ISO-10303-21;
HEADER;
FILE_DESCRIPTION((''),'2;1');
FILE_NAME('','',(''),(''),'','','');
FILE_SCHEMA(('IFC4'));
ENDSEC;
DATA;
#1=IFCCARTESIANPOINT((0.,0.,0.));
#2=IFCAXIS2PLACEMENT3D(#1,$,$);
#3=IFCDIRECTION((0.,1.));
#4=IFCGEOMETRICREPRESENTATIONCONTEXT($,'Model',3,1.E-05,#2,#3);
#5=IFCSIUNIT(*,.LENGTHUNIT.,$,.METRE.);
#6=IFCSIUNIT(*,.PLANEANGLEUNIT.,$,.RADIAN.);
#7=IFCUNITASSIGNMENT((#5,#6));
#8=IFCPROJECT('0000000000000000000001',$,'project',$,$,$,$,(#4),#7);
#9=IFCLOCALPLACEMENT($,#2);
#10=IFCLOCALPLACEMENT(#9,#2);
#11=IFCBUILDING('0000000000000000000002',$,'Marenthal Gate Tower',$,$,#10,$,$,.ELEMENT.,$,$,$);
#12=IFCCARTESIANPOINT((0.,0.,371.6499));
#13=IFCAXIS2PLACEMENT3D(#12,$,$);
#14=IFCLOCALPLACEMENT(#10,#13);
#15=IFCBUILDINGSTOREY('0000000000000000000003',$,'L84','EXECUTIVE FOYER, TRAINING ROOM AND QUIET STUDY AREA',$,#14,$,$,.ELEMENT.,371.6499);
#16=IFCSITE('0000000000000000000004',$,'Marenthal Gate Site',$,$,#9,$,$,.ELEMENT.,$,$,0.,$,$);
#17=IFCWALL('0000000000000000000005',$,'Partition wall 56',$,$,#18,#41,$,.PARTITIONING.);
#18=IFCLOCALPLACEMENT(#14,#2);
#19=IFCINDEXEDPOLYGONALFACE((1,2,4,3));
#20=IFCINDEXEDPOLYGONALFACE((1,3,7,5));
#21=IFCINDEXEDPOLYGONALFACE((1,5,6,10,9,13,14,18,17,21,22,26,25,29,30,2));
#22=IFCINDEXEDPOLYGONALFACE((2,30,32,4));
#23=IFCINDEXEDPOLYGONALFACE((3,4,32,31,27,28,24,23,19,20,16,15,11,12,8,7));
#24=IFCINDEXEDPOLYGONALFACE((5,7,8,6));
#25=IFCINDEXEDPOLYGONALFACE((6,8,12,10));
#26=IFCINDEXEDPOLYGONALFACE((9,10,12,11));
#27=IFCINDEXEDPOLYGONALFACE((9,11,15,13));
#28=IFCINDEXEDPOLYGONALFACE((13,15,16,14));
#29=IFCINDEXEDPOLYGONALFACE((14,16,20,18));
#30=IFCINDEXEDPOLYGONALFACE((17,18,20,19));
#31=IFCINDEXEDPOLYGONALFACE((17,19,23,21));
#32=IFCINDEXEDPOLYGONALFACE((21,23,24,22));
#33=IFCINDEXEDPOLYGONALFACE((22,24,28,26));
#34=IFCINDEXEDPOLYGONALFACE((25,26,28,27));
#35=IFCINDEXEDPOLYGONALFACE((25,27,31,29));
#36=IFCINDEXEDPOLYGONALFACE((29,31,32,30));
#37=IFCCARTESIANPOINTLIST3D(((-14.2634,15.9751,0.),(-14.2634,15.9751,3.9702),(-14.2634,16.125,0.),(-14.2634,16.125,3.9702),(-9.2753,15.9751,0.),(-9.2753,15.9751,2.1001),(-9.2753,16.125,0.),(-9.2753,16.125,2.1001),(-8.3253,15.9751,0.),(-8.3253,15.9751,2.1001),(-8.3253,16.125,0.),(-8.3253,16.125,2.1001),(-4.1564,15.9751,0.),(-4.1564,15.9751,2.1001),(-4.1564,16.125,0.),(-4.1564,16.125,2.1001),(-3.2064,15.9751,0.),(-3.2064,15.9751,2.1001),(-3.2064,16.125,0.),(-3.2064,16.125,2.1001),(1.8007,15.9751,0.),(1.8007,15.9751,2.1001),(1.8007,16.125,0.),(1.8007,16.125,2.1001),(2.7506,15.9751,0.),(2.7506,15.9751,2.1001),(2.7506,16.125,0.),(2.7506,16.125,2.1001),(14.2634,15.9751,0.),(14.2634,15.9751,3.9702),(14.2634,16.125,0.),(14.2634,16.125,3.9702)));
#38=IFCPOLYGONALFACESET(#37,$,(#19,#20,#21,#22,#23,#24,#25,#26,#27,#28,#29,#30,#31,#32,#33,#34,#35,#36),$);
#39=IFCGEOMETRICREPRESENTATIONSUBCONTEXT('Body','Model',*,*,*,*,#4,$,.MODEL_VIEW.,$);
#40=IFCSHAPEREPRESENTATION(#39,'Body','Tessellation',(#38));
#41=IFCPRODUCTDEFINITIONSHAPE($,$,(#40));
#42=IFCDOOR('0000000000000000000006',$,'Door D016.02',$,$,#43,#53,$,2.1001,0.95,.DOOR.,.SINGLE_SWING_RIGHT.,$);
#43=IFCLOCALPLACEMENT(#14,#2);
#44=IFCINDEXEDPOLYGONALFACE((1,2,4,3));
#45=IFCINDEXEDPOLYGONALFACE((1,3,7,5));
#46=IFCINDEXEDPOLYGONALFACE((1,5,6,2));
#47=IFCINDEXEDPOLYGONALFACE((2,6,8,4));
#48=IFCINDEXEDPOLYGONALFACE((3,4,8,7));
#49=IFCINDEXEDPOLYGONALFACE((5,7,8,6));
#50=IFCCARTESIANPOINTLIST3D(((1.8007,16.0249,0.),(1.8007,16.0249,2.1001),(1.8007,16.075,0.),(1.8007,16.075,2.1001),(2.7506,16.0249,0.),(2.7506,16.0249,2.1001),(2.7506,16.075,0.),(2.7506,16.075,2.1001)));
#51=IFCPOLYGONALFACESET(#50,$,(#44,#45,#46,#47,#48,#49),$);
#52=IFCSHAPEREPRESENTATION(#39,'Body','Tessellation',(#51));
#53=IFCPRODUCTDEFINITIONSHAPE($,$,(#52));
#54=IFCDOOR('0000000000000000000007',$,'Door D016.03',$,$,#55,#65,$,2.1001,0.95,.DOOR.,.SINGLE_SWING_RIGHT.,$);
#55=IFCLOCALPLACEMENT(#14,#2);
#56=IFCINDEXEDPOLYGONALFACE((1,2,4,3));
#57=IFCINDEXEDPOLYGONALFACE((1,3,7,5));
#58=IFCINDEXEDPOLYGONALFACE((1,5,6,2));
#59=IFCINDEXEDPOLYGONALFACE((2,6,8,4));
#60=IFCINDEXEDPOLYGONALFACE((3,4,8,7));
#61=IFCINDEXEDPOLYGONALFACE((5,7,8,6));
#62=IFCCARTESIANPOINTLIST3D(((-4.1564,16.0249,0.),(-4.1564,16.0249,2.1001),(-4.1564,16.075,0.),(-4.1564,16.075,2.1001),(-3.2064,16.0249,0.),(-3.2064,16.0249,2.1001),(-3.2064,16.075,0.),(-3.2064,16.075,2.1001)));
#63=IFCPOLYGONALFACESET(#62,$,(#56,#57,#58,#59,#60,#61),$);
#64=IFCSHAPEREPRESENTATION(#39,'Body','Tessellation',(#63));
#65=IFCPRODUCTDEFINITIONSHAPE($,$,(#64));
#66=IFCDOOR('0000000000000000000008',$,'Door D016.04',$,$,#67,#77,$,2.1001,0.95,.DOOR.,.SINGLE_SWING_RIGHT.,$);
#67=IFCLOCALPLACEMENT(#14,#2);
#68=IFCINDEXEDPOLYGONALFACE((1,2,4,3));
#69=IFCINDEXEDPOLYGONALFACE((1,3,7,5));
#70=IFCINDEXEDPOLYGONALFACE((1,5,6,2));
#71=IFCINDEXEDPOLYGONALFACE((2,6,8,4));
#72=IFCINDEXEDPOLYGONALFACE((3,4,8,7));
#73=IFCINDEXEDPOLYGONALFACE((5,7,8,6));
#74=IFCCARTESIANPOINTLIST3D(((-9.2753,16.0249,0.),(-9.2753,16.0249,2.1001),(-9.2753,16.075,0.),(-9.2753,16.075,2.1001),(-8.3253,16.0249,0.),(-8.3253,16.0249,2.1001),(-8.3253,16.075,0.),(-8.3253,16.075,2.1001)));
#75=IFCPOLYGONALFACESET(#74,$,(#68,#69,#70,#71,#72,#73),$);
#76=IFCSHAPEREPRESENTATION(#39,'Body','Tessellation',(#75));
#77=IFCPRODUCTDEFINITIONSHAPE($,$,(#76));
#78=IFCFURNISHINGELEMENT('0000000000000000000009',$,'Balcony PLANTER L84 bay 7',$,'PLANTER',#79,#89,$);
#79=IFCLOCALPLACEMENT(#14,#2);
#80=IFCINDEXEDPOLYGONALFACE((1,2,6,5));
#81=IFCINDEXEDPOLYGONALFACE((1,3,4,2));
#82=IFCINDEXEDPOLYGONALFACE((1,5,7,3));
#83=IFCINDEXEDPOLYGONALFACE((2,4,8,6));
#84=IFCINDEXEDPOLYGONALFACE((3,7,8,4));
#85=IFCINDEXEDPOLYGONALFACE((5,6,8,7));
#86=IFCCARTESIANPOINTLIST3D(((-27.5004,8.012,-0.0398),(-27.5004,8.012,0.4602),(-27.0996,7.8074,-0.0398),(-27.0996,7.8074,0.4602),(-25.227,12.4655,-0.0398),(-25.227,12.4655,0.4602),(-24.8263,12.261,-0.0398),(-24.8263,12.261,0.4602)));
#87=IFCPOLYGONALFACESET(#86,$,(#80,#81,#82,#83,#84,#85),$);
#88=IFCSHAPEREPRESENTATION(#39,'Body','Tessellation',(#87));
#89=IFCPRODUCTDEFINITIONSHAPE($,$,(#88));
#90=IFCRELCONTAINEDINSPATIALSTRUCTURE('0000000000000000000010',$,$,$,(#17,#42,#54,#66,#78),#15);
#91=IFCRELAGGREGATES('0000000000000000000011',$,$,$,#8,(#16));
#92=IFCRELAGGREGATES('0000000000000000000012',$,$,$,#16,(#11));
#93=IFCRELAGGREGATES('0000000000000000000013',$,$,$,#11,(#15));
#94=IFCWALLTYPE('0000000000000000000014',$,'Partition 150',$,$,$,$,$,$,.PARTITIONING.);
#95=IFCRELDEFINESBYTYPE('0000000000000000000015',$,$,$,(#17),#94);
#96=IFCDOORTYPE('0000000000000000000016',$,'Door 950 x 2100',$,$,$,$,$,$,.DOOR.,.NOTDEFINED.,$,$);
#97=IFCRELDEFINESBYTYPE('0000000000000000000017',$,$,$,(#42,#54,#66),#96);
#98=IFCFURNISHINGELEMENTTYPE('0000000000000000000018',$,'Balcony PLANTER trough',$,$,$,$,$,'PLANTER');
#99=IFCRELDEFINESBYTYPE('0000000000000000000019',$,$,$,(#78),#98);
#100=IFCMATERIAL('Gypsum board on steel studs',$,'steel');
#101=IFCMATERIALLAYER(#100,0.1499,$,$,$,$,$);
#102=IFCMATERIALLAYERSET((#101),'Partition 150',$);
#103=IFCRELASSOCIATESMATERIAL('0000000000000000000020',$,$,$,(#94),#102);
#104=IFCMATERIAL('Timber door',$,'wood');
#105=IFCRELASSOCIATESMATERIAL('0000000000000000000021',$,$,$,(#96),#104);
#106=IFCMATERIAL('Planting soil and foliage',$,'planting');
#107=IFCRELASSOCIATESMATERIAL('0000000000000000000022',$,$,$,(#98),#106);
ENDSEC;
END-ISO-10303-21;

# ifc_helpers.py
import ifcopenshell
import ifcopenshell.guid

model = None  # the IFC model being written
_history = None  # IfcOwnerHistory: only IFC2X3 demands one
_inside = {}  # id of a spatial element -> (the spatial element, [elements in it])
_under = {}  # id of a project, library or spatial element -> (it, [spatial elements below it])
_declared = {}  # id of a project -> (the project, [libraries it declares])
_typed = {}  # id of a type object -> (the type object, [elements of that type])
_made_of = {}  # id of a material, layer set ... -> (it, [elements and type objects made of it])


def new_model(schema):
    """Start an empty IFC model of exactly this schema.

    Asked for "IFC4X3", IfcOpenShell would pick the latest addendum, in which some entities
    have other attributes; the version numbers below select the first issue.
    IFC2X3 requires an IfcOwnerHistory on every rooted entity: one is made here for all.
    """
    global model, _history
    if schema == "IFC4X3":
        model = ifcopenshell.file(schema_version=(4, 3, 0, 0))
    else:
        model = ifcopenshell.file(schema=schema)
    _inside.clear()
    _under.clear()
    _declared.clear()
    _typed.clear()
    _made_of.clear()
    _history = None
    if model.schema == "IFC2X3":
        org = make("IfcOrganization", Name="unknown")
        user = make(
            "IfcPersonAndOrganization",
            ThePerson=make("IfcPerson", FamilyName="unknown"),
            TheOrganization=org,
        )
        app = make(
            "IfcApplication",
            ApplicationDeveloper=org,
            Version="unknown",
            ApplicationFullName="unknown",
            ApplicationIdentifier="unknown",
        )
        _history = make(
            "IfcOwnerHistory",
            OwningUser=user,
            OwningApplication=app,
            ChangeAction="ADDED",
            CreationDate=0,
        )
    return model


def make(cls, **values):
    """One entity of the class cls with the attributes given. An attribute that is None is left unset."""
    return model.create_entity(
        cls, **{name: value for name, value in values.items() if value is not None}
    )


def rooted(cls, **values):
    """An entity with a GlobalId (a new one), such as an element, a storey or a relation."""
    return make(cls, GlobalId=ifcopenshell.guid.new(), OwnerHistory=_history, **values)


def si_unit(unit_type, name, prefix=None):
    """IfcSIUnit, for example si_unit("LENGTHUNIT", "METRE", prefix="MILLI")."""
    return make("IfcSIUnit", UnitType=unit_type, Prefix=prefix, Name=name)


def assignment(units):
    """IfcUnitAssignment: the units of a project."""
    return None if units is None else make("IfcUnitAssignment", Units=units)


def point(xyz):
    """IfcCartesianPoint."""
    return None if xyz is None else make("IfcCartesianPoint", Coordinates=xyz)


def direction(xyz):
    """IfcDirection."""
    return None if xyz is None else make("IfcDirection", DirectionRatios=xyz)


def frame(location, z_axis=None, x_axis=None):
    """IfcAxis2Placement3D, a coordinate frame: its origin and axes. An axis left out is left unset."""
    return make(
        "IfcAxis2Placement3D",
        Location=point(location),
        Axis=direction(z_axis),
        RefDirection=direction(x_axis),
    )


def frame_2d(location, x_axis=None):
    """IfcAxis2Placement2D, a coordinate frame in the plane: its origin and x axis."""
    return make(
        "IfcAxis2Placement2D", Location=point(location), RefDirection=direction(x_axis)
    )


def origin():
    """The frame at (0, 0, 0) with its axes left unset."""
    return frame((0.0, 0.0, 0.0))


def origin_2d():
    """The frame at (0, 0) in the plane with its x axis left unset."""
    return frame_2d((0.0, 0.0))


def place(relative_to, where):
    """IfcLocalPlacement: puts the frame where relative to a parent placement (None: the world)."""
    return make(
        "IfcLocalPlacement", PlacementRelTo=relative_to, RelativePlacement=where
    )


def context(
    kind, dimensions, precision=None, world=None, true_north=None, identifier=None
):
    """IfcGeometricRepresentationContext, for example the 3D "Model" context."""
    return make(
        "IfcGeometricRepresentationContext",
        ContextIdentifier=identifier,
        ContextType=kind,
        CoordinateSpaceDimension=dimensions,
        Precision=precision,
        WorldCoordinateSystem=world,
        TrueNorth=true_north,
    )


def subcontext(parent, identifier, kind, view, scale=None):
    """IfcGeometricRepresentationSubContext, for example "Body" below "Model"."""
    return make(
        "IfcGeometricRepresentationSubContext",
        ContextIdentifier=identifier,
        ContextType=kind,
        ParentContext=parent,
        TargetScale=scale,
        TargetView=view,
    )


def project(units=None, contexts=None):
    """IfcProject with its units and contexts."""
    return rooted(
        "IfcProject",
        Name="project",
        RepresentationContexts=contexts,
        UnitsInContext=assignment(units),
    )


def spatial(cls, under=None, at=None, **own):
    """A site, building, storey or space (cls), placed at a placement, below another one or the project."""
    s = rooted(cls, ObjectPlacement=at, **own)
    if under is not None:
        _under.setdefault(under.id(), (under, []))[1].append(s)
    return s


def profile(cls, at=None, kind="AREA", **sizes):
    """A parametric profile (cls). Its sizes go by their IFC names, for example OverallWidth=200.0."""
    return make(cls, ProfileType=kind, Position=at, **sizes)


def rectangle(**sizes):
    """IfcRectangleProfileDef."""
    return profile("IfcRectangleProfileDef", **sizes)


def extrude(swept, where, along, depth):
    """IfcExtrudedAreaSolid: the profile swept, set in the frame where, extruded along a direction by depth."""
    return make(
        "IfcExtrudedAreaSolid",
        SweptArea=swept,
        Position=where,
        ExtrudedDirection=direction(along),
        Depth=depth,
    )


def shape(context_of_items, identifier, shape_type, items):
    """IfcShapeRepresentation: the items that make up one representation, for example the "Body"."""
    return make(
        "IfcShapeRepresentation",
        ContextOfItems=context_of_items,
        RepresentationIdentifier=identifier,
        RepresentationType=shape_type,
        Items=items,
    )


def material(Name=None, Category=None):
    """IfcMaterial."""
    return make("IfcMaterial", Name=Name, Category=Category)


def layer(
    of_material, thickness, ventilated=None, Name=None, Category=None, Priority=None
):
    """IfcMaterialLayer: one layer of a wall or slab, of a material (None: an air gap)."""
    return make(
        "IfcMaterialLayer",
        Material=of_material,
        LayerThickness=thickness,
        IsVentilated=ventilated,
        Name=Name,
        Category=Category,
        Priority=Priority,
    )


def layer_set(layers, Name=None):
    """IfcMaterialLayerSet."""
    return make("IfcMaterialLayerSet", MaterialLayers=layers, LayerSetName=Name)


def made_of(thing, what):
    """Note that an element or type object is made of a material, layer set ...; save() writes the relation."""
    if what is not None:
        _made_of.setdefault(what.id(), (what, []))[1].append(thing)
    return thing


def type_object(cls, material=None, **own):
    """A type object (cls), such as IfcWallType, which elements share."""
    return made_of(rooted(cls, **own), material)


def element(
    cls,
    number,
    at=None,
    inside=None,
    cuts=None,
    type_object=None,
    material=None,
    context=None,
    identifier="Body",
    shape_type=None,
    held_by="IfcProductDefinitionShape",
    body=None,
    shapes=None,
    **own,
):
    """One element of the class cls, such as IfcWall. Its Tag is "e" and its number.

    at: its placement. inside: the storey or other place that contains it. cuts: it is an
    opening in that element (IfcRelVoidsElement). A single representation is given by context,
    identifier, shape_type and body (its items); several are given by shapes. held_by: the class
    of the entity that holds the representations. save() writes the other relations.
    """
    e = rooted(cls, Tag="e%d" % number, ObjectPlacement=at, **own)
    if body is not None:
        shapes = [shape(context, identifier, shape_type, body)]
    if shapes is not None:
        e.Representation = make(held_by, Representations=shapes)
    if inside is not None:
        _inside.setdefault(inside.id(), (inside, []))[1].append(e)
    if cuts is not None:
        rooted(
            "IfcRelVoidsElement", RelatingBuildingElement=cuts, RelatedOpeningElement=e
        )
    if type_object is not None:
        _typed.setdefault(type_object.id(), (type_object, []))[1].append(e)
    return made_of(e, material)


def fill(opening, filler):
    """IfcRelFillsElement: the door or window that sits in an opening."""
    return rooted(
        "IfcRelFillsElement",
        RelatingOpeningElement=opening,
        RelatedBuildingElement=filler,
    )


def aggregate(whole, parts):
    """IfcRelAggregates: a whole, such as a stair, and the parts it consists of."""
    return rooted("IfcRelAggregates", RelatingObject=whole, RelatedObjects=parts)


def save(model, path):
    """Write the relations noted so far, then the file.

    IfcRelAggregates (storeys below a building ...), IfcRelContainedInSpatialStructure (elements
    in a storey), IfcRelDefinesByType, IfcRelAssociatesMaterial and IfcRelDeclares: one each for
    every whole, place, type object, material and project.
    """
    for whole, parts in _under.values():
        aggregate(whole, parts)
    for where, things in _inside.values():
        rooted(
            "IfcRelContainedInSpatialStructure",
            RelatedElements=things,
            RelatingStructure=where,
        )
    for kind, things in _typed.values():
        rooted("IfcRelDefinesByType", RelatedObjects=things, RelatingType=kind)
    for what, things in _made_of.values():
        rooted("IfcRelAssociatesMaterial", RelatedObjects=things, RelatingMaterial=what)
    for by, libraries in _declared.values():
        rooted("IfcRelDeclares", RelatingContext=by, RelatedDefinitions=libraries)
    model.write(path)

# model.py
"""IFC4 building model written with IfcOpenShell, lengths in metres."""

from ifc_helpers import new_model, si_unit, direction, frame, frame_2d, origin, origin_2d, place, context, subcontext, project, spatial, rectangle, extrude, material, layer, layer_set, type_object, element, fill, save


model = new_model("IFC4")

# Units and contexts
model_context = context("Model", 3, precision=1e-05, world=origin(), true_north=direction((0.0, 1.0)))
body_context = subcontext(model_context, "Body", "Model", "MODEL_VIEW")
ifc_project = project(units=[si_unit("LENGTHUNIT", "METRE"), si_unit("PLANEANGLEUNIT", "RADIAN")], contexts=[model_context])

# Site, building, storey
site_placement = place(None, origin())
site = spatial("IfcSite", under=ifc_project, at=site_placement, Name="Marenthal Gate Site", CompositionType="ELEMENT", RefElevation=0.0)
building_placement = place(site_placement, origin())
building = spatial("IfcBuilding", under=site, at=building_placement, Name="Marenthal Gate Tower", CompositionType="ELEMENT")
storey_placement = place(building_placement, frame((0.0, 0.0, 371.6499)))
storey = spatial("IfcBuildingStorey", under=building, at=storey_placement, Name="L84", Description="EXECUTIVE FOYER, TRAINING ROOM AND QUIET STUDY AREA", CompositionType="ELEMENT", Elevation=371.6499)

# Shared definitions
ifc_material_1 = material(Name="Gypsum board on steel studs", Category="steel")
ifc_layer_1 = layer(ifc_material_1, 0.1499)
ifc_layer_set_1 = layer_set([ifc_layer_1], Name="Partition 150")
wall_type_1 = type_object("IfcWallType", Name="Partition 150", PredefinedType="PARTITIONING", material=ifc_layer_set_1)

# Wall, openings, doors
wall_1_placement = place(storey_placement, frame((-14.2634, 16.05, 0.0), z_axis=(0.0, 0.0, 1.0), x_axis=(1.0, 0.0, 0.0)))
wall_1 = element("IfcWall", 1, at=wall_1_placement, inside=storey, type_object=wall_type_1, Name="Partition wall 56", PredefinedType="PARTITIONING", context=body_context, shape_type="SweptSolid", body=[
    extrude(rectangle(XDim=28.5269, YDim=0.1499, at=frame_2d((14.2634, 0.0))), origin(), (0.0, 0.0, 1.0), 3.9702),
])
opening_1_placement = place(wall_1_placement, frame((16.064, 0.0, 0.0)))
opening_1 = element("IfcOpeningElement", 2, at=opening_1_placement, cuts=wall_1, PredefinedType="OPENING", context=body_context, shape_type="SweptSolid", body=[
    extrude(rectangle(XDim=0.95, YDim=2.1001, at=frame_2d((0.4751, 1.05))), frame((0.0, 0.085, 0.0), z_axis=(0.0, -1.0, 0.0), x_axis=(1.0, 0.0, 0.0)), (0.0, 0.0, 1.0), 0.1699),
])
opening_2_placement = place(wall_1_placement, frame((10.1069, 0.0, 0.0)))
opening_2 = element("IfcOpeningElement", 3, at=opening_2_placement, cuts=wall_1, PredefinedType="OPENING", context=body_context, shape_type="SweptSolid", body=[
    extrude(rectangle(XDim=0.95, YDim=2.1001, at=frame_2d((0.4751, 1.05))), frame((0.0, 0.085, 0.0), z_axis=(0.0, -1.0, 0.0), x_axis=(1.0, 0.0, 0.0)), (0.0, 0.0, 1.0), 0.1699),
])
opening_3_placement = place(wall_1_placement, frame((4.988, 0.0, 0.0)))
opening_3 = element("IfcOpeningElement", 4, at=opening_3_placement, cuts=wall_1, PredefinedType="OPENING", context=body_context, shape_type="SweptSolid", body=[
    extrude(rectangle(XDim=0.95, YDim=2.1001, at=frame_2d((0.4751, 1.05))), frame((0.0, 0.085, 0.0), z_axis=(0.0, -1.0, 0.0), x_axis=(1.0, 0.0, 0.0)), (0.0, 0.0, 1.0), 0.1699),
])
ifc_material_2 = material(Name="Timber door", Category="wood")
door_type_1 = type_object("IfcDoorType", Name="Door 950 x 2100", OperationType="NOTDEFINED", PredefinedType="DOOR", material=ifc_material_2)
door_1_placement = place(opening_1_placement, origin())
door_1 = element("IfcDoor", 5, at=door_1_placement, inside=storey, type_object=door_type_1, Name="Door D016.02", OperationType="SINGLE_SWING_RIGHT", OverallHeight=2.1001, OverallWidth=0.95, PredefinedType="DOOR", context=body_context, shape_type="SweptSolid", body=[
    extrude(rectangle(XDim=0.95, YDim=2.1001, at=frame_2d((0.4751, 1.05))), frame((0.0, 0.0249, 0.0), z_axis=(0.0, -1.0, 0.0), x_axis=(1.0, 0.0, 0.0)), (0.0, 0.0, 1.0), 0.05),
])
fill(opening_1, door_1)
door_2_placement = place(opening_2_placement, origin())
door_2 = element("IfcDoor", 6, at=door_2_placement, inside=storey, type_object=door_type_1, Name="Door D016.03", OperationType="SINGLE_SWING_RIGHT", OverallHeight=2.1001, OverallWidth=0.95, PredefinedType="DOOR", context=body_context, shape_type="SweptSolid", body=[
    extrude(rectangle(XDim=0.95, YDim=2.1001, at=frame_2d((0.4751, 1.05))), frame((0.0, 0.0249, 0.0), z_axis=(0.0, -1.0, 0.0), x_axis=(1.0, 0.0, 0.0)), (0.0, 0.0, 1.0), 0.05),
])
fill(opening_2, door_2)
door_3_placement = place(opening_3_placement, origin())
door_3 = element("IfcDoor", 7, at=door_3_placement, inside=storey, type_object=door_type_1, Name="Door D016.04", OperationType="SINGLE_SWING_RIGHT", OverallHeight=2.1001, OverallWidth=0.95, PredefinedType="DOOR", context=body_context, shape_type="SweptSolid", body=[
    extrude(rectangle(XDim=0.95, YDim=2.1001, at=frame_2d((0.4751, 1.05))), frame((0.0, 0.0249, 0.0), z_axis=(0.0, -1.0, 0.0), x_axis=(1.0, 0.0, 0.0)), (0.0, 0.0, 1.0), 0.05),
])
fill(opening_3, door_3)

# Furnishing element
ifc_material_3 = material(Name="Planting soil and foliage", Category="planting")
furnishing_element_type = type_object("IfcFurnishingElementType", Name="Balcony PLANTER trough", ElementType="PLANTER", material=ifc_material_3)
furnishing_placement = place(storey_placement, frame((-26.1633, 10.1365, -0.0398), z_axis=(0.0, 0.0, 1.0), x_axis=(-0.454654, -0.890668, 0.0)))
element("IfcFurnishingElement", 8, at=furnishing_placement, inside=storey, type_object=furnishing_element_type, Name="Balcony PLANTER L84 bay 7", ObjectType="PLANTER", context=body_context, shape_type="SweptSolid", body=[
    extrude(rectangle(XDim=5.0002, YDim=0.45, at=origin_2d()), origin(), (0.0, 0.0, 1.0), 0.5),
])

save(model, "model.ifc")
